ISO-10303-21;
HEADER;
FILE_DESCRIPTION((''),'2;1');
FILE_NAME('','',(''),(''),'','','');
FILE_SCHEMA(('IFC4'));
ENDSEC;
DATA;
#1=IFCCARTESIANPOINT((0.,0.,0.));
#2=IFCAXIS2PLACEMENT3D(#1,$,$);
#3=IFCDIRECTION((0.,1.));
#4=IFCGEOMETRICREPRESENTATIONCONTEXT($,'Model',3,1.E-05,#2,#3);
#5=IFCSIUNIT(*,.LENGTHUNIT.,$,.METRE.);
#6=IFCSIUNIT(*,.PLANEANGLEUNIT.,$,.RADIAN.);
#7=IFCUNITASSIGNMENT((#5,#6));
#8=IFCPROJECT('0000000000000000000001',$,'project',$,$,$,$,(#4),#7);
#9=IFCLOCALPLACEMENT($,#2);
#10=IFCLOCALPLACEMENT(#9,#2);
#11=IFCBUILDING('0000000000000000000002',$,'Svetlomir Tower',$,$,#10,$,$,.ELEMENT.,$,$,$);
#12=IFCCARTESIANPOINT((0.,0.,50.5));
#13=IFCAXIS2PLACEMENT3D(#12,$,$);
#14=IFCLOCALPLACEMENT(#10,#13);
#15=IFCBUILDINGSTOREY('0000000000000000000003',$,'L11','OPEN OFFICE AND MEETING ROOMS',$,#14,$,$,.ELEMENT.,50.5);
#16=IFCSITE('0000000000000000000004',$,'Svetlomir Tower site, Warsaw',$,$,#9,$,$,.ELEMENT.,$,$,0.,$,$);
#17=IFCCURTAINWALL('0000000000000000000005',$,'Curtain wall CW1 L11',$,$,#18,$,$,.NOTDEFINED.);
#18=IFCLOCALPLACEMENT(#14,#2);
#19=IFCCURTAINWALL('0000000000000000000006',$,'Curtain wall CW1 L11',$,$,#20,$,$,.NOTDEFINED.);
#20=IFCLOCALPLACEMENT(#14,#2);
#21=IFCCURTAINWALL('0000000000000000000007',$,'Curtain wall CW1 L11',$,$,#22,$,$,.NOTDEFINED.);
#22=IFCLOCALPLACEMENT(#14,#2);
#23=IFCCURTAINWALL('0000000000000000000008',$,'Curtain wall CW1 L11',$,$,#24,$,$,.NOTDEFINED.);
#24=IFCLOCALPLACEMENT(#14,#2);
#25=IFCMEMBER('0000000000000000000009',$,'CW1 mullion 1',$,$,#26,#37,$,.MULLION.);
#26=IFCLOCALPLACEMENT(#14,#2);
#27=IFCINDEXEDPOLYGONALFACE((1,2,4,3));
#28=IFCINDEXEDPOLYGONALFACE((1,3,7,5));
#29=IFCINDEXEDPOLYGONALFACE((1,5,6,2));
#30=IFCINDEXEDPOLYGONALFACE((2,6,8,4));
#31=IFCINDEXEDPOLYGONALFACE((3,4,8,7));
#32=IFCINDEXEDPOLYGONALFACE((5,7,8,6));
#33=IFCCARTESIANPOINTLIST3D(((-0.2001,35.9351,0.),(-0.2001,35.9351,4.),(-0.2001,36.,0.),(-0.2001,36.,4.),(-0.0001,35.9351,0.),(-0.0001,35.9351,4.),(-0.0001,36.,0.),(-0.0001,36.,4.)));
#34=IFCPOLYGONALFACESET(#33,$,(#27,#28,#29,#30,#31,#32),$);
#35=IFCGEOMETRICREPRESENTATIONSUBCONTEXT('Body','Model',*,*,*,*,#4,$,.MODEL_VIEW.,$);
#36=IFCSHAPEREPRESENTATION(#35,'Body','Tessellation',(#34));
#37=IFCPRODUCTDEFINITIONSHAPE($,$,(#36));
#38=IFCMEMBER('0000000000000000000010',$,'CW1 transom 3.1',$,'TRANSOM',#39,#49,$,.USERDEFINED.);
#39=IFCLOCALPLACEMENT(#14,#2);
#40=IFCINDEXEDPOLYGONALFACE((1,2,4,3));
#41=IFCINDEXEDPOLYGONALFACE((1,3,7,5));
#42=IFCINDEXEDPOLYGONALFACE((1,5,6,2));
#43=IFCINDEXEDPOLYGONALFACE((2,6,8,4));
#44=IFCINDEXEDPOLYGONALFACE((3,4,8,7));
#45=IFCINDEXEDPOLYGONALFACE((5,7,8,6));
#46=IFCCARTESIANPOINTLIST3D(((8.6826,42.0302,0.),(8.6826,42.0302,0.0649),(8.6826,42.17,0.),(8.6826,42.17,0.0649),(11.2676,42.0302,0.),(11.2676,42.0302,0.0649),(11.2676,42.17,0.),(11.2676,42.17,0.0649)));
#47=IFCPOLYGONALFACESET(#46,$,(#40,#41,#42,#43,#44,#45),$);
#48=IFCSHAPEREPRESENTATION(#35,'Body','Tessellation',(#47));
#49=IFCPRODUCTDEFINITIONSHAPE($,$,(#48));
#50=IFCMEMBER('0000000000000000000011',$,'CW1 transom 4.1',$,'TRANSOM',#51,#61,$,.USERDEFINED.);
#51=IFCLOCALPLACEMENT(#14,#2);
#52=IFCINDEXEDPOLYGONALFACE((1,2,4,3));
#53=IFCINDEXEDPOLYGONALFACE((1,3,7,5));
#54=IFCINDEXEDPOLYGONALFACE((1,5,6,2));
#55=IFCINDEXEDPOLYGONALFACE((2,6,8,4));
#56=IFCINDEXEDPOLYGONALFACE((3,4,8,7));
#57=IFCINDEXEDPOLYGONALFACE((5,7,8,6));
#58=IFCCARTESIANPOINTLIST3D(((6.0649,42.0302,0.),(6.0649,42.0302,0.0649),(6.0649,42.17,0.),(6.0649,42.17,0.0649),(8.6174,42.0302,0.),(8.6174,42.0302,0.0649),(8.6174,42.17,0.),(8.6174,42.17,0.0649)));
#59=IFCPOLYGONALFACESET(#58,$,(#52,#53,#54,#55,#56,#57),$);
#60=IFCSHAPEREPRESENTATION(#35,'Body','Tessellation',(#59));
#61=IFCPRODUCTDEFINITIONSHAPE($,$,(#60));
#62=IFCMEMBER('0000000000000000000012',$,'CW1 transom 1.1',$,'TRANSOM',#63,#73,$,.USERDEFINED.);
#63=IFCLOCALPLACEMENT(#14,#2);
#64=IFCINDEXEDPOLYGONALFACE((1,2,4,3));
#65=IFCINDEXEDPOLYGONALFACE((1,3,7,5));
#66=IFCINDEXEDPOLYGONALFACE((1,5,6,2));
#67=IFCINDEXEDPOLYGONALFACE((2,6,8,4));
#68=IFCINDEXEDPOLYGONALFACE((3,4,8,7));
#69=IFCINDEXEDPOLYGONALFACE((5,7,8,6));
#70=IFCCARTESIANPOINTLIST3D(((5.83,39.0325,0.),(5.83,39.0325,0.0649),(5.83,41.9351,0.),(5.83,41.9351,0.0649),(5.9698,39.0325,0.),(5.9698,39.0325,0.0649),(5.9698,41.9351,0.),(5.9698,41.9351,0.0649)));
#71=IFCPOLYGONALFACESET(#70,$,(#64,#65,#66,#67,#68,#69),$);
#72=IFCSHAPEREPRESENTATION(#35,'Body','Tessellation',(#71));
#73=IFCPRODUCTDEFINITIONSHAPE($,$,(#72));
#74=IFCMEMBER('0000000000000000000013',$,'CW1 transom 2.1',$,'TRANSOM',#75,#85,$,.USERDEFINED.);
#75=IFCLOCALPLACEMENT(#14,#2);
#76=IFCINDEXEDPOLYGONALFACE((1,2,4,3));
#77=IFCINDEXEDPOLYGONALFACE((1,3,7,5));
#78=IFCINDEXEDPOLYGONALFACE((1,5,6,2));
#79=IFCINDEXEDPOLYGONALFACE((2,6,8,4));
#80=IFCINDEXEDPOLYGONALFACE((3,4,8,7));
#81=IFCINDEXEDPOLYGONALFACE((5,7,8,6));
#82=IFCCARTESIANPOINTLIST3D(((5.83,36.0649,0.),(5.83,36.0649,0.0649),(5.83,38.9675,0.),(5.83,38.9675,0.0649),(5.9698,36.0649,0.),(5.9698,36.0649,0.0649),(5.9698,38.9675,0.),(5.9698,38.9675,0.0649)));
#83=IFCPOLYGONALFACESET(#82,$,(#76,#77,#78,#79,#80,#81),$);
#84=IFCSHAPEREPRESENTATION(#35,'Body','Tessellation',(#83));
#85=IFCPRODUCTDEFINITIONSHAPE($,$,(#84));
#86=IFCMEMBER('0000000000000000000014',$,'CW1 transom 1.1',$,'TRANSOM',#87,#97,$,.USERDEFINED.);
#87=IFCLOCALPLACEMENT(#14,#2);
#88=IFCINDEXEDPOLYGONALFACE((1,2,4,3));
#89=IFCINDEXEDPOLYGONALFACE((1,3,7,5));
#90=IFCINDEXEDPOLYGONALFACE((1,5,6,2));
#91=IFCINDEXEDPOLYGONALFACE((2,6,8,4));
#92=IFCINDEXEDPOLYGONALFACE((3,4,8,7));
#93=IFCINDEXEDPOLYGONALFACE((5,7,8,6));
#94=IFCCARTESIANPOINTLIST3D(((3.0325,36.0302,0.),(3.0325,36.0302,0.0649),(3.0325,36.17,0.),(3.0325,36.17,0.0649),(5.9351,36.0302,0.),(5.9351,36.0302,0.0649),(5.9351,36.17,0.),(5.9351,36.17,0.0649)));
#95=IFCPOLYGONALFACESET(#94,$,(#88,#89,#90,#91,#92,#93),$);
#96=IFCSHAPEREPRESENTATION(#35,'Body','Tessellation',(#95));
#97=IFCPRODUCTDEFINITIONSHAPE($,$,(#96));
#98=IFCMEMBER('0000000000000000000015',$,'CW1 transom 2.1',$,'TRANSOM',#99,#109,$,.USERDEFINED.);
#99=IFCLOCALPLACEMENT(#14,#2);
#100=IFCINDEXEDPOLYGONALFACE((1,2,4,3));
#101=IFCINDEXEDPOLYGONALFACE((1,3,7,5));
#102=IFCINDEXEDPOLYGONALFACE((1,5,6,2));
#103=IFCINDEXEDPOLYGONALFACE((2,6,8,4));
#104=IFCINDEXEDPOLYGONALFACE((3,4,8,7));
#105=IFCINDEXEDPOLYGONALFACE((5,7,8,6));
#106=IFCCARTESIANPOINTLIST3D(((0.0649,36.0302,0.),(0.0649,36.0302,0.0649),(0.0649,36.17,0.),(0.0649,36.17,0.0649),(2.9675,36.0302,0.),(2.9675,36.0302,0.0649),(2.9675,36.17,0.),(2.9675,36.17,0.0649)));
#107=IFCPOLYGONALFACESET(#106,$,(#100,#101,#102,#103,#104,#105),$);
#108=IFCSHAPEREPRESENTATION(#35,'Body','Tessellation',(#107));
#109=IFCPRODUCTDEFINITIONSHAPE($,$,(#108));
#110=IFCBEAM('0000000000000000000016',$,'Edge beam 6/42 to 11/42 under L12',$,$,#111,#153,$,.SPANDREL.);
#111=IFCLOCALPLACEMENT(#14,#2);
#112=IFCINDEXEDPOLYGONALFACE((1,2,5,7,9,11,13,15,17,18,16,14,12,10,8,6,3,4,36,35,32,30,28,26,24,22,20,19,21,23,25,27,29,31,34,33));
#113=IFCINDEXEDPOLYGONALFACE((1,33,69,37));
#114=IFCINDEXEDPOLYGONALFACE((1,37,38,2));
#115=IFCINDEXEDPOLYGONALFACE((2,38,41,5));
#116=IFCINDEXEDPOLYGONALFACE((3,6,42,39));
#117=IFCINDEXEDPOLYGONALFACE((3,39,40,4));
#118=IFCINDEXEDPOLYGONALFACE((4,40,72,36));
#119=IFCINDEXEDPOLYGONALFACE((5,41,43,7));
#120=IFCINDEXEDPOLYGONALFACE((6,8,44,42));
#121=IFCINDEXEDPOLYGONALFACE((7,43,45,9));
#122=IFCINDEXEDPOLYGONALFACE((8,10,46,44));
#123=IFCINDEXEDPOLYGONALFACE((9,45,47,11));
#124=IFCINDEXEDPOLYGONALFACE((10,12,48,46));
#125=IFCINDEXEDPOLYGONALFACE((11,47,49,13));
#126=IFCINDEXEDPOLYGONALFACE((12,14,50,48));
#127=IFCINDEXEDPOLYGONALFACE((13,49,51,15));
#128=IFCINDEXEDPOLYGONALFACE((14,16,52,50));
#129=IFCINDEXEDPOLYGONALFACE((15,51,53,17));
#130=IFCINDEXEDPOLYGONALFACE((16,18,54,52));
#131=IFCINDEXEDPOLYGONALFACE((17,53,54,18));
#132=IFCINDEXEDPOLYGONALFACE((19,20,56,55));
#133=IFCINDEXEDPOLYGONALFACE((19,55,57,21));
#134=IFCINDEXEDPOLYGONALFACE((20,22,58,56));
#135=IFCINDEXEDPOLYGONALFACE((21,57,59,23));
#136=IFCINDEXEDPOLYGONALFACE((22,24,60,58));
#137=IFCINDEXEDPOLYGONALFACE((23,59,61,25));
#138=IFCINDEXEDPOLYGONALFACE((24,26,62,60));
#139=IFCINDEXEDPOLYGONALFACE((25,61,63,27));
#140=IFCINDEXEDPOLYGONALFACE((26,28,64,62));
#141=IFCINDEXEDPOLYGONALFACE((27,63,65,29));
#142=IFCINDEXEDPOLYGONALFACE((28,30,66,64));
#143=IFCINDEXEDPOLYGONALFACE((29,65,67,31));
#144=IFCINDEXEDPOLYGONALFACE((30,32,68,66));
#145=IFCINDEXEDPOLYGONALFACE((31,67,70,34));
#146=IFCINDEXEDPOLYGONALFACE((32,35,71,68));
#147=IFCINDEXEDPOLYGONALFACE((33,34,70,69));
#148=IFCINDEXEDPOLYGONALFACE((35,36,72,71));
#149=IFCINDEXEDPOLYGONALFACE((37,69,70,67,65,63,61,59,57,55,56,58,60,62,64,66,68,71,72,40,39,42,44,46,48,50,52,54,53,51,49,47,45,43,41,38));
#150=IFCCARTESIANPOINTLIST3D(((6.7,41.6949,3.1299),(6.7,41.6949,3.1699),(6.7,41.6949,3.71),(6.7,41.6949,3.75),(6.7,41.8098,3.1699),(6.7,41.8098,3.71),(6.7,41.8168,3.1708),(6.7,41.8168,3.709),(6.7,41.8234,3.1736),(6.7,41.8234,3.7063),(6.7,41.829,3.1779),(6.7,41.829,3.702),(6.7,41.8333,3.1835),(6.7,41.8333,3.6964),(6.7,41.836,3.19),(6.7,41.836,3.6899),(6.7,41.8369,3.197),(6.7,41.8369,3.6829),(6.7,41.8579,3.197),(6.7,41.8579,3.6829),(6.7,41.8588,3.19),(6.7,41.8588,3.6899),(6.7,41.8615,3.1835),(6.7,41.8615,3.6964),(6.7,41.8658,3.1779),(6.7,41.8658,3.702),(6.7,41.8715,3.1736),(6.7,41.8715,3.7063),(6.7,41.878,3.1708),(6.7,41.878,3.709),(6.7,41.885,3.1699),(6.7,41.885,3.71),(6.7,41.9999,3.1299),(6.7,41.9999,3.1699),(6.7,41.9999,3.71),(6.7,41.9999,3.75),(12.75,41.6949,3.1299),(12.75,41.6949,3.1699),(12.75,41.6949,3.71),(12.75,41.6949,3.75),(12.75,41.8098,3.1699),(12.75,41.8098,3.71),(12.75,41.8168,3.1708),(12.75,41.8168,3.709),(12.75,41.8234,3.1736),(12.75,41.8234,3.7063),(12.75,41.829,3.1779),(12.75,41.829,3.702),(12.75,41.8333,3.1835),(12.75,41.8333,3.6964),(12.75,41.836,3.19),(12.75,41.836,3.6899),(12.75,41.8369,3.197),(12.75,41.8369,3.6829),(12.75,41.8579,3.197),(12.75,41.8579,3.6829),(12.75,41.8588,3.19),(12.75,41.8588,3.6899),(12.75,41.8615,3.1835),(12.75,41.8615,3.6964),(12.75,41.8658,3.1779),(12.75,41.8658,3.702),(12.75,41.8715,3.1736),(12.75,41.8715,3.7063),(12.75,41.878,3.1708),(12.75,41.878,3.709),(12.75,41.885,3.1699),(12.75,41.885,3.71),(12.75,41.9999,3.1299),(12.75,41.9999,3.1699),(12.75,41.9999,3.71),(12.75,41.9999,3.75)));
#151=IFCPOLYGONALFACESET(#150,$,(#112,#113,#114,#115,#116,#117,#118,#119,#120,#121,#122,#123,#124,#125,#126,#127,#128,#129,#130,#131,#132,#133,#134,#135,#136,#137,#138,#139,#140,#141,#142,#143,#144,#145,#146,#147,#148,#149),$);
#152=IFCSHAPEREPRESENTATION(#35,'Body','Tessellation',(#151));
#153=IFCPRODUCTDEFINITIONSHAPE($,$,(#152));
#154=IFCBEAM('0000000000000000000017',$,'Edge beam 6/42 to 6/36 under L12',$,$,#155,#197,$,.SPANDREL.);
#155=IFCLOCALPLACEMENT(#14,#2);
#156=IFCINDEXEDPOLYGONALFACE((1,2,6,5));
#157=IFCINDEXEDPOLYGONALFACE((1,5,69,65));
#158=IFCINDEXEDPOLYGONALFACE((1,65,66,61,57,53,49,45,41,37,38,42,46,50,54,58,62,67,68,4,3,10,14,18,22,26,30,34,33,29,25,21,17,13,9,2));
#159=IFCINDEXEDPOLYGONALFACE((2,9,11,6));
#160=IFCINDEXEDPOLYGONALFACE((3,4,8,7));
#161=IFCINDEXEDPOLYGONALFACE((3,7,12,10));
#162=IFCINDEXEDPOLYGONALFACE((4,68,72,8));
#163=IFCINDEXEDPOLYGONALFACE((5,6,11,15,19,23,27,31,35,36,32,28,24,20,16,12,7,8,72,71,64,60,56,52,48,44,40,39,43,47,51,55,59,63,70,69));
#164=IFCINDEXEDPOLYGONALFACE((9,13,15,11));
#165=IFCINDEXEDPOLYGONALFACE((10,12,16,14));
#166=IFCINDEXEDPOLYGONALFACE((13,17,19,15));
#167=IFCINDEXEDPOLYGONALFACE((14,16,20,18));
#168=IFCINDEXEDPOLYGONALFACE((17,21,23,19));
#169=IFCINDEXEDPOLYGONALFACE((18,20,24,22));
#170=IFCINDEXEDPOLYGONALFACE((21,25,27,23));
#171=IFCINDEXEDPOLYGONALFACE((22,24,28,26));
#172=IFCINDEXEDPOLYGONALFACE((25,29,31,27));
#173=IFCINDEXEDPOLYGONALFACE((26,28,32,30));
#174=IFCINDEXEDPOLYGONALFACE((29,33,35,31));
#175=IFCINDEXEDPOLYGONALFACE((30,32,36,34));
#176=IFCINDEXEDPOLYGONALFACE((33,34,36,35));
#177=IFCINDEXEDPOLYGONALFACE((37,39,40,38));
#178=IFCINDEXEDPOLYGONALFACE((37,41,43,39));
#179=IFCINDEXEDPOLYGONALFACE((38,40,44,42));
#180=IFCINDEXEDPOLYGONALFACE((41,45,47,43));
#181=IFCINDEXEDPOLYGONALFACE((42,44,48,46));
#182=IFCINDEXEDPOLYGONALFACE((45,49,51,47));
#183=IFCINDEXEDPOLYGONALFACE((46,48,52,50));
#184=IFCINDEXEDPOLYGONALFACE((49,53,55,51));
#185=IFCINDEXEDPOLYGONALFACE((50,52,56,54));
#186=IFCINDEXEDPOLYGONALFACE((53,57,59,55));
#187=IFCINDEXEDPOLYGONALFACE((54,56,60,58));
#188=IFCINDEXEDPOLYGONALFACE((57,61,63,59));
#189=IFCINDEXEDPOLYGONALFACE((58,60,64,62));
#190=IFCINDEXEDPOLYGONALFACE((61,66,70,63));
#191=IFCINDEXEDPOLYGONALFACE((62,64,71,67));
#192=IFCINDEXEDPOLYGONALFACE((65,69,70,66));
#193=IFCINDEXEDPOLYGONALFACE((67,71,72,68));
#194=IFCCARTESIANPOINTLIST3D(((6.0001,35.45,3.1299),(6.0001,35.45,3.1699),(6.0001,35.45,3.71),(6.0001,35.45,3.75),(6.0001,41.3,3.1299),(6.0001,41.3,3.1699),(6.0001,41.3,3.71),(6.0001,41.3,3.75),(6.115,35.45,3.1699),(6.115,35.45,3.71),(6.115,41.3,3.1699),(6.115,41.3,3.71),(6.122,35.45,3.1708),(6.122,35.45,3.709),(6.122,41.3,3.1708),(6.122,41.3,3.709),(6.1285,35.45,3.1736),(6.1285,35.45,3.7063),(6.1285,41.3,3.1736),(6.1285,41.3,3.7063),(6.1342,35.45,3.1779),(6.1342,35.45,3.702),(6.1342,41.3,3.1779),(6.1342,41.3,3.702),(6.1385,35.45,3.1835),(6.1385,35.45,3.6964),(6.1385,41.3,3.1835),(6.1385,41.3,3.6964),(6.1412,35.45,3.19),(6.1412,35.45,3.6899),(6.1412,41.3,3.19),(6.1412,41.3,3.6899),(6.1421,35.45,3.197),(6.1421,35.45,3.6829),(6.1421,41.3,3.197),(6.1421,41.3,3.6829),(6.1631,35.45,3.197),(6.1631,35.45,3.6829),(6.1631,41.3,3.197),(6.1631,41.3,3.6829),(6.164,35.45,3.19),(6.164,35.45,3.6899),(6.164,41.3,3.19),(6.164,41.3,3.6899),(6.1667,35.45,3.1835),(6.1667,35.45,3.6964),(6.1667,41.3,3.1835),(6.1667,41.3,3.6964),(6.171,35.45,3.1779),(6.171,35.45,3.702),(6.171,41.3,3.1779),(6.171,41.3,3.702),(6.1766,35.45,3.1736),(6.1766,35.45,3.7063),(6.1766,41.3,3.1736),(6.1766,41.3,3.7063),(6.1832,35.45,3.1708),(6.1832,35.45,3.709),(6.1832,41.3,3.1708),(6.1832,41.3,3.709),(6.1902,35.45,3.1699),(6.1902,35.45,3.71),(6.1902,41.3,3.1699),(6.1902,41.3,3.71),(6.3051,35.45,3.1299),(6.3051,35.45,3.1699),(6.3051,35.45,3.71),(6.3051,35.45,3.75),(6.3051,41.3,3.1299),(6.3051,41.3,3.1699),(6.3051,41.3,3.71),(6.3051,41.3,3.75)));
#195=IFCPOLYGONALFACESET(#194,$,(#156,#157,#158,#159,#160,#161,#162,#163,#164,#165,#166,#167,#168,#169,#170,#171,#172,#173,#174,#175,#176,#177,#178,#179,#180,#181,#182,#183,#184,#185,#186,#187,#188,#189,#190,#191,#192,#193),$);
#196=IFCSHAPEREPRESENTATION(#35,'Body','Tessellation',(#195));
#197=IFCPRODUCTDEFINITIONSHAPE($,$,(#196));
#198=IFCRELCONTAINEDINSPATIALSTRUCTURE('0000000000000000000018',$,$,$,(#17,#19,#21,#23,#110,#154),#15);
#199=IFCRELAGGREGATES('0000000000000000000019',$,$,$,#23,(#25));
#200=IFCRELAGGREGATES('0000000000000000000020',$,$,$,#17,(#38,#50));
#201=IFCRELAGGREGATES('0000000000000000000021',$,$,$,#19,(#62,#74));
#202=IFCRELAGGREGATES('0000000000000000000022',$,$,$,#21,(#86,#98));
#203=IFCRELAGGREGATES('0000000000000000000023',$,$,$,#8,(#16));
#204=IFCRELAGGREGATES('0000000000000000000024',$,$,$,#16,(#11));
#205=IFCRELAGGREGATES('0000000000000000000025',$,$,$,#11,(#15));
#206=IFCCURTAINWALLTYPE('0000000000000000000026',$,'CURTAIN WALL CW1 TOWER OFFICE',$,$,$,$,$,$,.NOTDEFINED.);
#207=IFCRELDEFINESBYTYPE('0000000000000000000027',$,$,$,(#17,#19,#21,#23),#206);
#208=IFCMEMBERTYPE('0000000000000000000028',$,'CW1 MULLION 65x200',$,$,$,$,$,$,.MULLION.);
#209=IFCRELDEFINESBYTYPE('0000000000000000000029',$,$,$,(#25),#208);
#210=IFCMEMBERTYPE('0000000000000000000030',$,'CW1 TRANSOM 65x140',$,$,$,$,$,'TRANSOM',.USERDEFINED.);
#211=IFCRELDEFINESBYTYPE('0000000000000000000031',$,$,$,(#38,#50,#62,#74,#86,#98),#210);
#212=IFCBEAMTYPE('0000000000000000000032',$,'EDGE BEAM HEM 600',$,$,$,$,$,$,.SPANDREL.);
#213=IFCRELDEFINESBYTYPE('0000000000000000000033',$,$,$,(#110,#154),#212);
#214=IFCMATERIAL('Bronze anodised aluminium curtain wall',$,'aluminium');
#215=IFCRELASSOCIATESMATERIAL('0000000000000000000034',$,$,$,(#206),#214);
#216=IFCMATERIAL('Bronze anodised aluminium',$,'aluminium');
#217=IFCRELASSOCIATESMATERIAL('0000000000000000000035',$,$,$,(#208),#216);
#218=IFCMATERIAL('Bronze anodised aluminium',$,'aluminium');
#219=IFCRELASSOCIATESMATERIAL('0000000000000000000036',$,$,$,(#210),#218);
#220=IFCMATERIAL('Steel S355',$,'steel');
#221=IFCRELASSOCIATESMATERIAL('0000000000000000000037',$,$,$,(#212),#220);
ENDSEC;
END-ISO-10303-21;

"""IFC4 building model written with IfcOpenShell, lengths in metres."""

from ifc_helpers import new_model, si_unit, direction, frame, origin, origin_2d, place, context, subcontext, project, spatial, rectangle, i_section, extrude, material, material_profile, profile_set, type_object, element, aggregate, save


model = new_model("IFC4")

# Units and contexts
model_context = context("Model", 3, precision=1e-05, world=origin(), true_north=direction((0.0, 1.0)))
body_context = subcontext(model_context, "Body", "Model", "MODEL_VIEW")
ifc_project = project(units=[si_unit("LENGTHUNIT", "METRE"), si_unit("PLANEANGLEUNIT", "RADIAN")], contexts=[model_context])

# Site, building, storey
site_placement = place(None, origin())
site = spatial("IfcSite", under=ifc_project, at=site_placement, Name="Svetlomir Tower site, Warsaw", CompositionType="ELEMENT", RefElevation=0.0)
building_placement = place(site_placement, origin())
building = spatial("IfcBuilding", under=site, at=building_placement, Name="Svetlomir Tower", CompositionType="ELEMENT")
storey_placement = place(building_placement, frame((0.0, 0.0, 50.5)))
storey = spatial("IfcBuildingStorey", under=building, at=storey_placement, Name="L11", Description="OPEN OFFICE AND MEETING ROOMS", CompositionType="ELEMENT", Elevation=50.5)

# Curtain walls
ifc_material_1 = material(Name="Bronze anodised aluminium curtain wall", Category="aluminium")
curtain_wall_type = type_object("IfcCurtainWallType", Name="CURTAIN WALL CW1 TOWER OFFICE", PredefinedType="NOTDEFINED", material=ifc_material_1)
curtain_wall_1_placement = place(storey_placement, origin())
curtain_wall_1 = element("IfcCurtainWall", 1, at=curtain_wall_1_placement, inside=storey, type_object=curtain_wall_type, Name="Curtain wall CW1 L11", PredefinedType="NOTDEFINED")
curtain_wall_2_placement = place(storey_placement, origin())
curtain_wall_2 = element("IfcCurtainWall", 2, at=curtain_wall_2_placement, inside=storey, type_object=curtain_wall_type, Name="Curtain wall CW1 L11", PredefinedType="NOTDEFINED")
curtain_wall_3_placement = place(storey_placement, origin())
curtain_wall_3 = element("IfcCurtainWall", 3, at=curtain_wall_3_placement, inside=storey, type_object=curtain_wall_type, Name="Curtain wall CW1 L11", PredefinedType="NOTDEFINED")

# Shared definitions
ifc_material_2 = material(Name="Bronze anodised aluminium", Category="aluminium")
ifc_material_profile_1 = material_profile(ifc_material_2, rectangle(XDim=0.0649, YDim=0.2, at=origin_2d()), Name="AL 65x200")
ifc_profile_set_1 = profile_set([ifc_material_profile_1], Name="Bronze anodised aluminium 6063-T6")
member_type_1 = type_object("IfcMemberType", Name="CW1 MULLION 65x200", PredefinedType="MULLION", material=ifc_profile_set_1)

# Curtain wall, member
curtain_wall_4_placement = place(storey_placement, origin())
curtain_wall_4 = element("IfcCurtainWall", 4, at=curtain_wall_4_placement, inside=storey, type_object=curtain_wall_type, Name="Curtain wall CW1 L11", PredefinedType="NOTDEFINED")
member_1_placement = place(storey_placement, frame((-0.1001, 35.9675, 0.0), z_axis=(0.0, 0.0, 1.0), x_axis=(0.0, -1.0, 0.0)))
member_1 = element("IfcMember", 5, at=member_1_placement, type_object=member_type_1, Name="CW1 mullion 1", PredefinedType="MULLION", context=body_context, shape_type="SweptSolid", body=[
    extrude(rectangle(XDim=0.0649, YDim=0.2, at=origin_2d()), origin(), (0.0, 0.0, 1.0), 4.0),
])
aggregate(curtain_wall_4, [member_1])

# Members
ifc_material_3 = material(Name="Bronze anodised aluminium", Category="aluminium")
ifc_material_profile_2 = material_profile(ifc_material_3, rectangle(XDim=0.1399, YDim=0.0649, at=origin_2d()), Name="AL 140x65")
ifc_profile_set_2 = profile_set([ifc_material_profile_2], Name="Bronze anodised aluminium 6063-T6")
member_type_2 = type_object("IfcMemberType", Name="CW1 TRANSOM 65x140", ElementType="TRANSOM", PredefinedType="USERDEFINED", material=ifc_profile_set_2)
member_2_placement = place(storey_placement, frame((11.2676, 42.1001, 0.0325), z_axis=(-1.0, 0.0, 0.0), x_axis=(0.0, -1.0, 0.0)))
member_2 = element("IfcMember", 6, at=member_2_placement, type_object=member_type_2, Name="CW1 transom 3.1", ObjectType="TRANSOM", PredefinedType="USERDEFINED", context=body_context, shape_type="SweptSolid", body=[
    extrude(rectangle(XDim=0.1399, YDim=0.0649, at=origin_2d()), origin(), (0.0, 0.0, 1.0), 2.585),
])
member_3_placement = place(storey_placement, frame((8.6174, 42.1001, 0.0325), z_axis=(-1.0, 0.0, 0.0), x_axis=(0.0, -1.0, 0.0)))
member_3 = element("IfcMember", 7, at=member_3_placement, type_object=member_type_2, Name="CW1 transom 4.1", ObjectType="TRANSOM", PredefinedType="USERDEFINED", context=body_context, shape_type="SweptSolid", body=[
    extrude(rectangle(XDim=0.1399, YDim=0.0649, at=origin_2d()), origin(), (0.0, 0.0, 1.0), 2.5525),
])
member_4_placement = place(storey_placement, frame((5.8999, 41.9351, 0.0325), z_axis=(0.0, -1.0, 0.0), x_axis=(1.0, 0.0, 0.0)))
member_4 = element("IfcMember", 8, at=member_4_placement, type_object=member_type_2, Name="CW1 transom 1.1", ObjectType="TRANSOM", PredefinedType="USERDEFINED", context=body_context, shape_type="SweptSolid", body=[
    extrude(rectangle(XDim=0.1399, YDim=0.0649, at=origin_2d()), origin(), (0.0, 0.0, 1.0), 2.9026),
])
member_5_placement = place(storey_placement, frame((5.8999, 38.9675, 0.0325), z_axis=(0.0, -1.0, 0.0), x_axis=(1.0, 0.0, 0.0)))
member_5 = element("IfcMember", 9, at=member_5_placement, type_object=member_type_2, Name="CW1 transom 2.1", ObjectType="TRANSOM", PredefinedType="USERDEFINED", context=body_context, shape_type="SweptSolid", body=[
    extrude(rectangle(XDim=0.1399, YDim=0.0649, at=origin_2d()), origin(), (0.0, 0.0, 1.0), 2.9026),
])
member_6_placement = place(storey_placement, frame((5.9351, 36.1001, 0.0325), z_axis=(-1.0, 0.0, 0.0), x_axis=(0.0, -1.0, 0.0)))
member_6 = element("IfcMember", 10, at=member_6_placement, type_object=member_type_2, Name="CW1 transom 1.1", ObjectType="TRANSOM", PredefinedType="USERDEFINED", context=body_context, shape_type="SweptSolid", body=[
    extrude(rectangle(XDim=0.1399, YDim=0.0649, at=origin_2d()), origin(), (0.0, 0.0, 1.0), 2.9026),
])
member_7_placement = place(storey_placement, frame((2.9675, 36.1001, 0.0325), z_axis=(-1.0, 0.0, 0.0), x_axis=(0.0, -1.0, 0.0)))
member_7 = element("IfcMember", 11, at=member_7_placement, type_object=member_type_2, Name="CW1 transom 2.1", ObjectType="TRANSOM", PredefinedType="USERDEFINED", context=body_context, shape_type="SweptSolid", body=[
    extrude(rectangle(XDim=0.1399, YDim=0.0649, at=origin_2d()), origin(), (0.0, 0.0, 1.0), 2.9026),
])

# Beams
ifc_material_4 = material(Name="Steel S355", Category="steel")
ifc_material_profile_3 = material_profile(ifc_material_4, i_section(OverallWidth=0.3049, OverallDepth=0.6201, WebThickness=0.021, FlangeThickness=0.04, FilletRadius=0.0271, at=origin_2d()), Name="HEM 600")
ifc_profile_set_3 = profile_set([ifc_material_profile_3], Name="Steel S355")
beam_type = type_object("IfcBeamType", Name="EDGE BEAM HEM 600", PredefinedType="SPANDREL", material=ifc_profile_set_3)
beam_1_placement = place(storey_placement, frame((6.7, 41.8474, 3.4399), z_axis=(1.0, 0.0, 0.0), x_axis=(0.0, 1.0, 0.0)))
element("IfcBeam", 12, at=beam_1_placement, inside=storey, type_object=beam_type, Name="Edge beam 6/42 to 11/42 under L12", PredefinedType="SPANDREL", context=body_context, shape_type="SweptSolid", body=[
    extrude(i_section(OverallWidth=0.3049, OverallDepth=0.6201, WebThickness=0.021, FlangeThickness=0.04, FilletRadius=0.0271, at=origin_2d()), origin(), (0.0, 0.0, 1.0), 6.05),
])
beam_2_placement = place(storey_placement, frame((6.1526, 41.3, 3.4399), z_axis=(0.0, -1.0, 0.0), x_axis=(1.0, 0.0, 0.0)))
element("IfcBeam", 13, at=beam_2_placement, inside=storey, type_object=beam_type, Name="Edge beam 6/42 to 6/36 under L12", PredefinedType="SPANDREL", context=body_context, shape_type="SweptSolid", body=[
    extrude(i_section(OverallWidth=0.3049, OverallDepth=0.6201, WebThickness=0.021, FlangeThickness=0.04, FilletRadius=0.0271, at=origin_2d()), origin(), (0.0, 0.0, 1.0), 5.8501),
])

aggregate(curtain_wall_1, [member_2, member_3])
aggregate(curtain_wall_2, [member_4, member_5])
aggregate(curtain_wall_3, [member_6, member_7])

save(model, "model.ifc")
